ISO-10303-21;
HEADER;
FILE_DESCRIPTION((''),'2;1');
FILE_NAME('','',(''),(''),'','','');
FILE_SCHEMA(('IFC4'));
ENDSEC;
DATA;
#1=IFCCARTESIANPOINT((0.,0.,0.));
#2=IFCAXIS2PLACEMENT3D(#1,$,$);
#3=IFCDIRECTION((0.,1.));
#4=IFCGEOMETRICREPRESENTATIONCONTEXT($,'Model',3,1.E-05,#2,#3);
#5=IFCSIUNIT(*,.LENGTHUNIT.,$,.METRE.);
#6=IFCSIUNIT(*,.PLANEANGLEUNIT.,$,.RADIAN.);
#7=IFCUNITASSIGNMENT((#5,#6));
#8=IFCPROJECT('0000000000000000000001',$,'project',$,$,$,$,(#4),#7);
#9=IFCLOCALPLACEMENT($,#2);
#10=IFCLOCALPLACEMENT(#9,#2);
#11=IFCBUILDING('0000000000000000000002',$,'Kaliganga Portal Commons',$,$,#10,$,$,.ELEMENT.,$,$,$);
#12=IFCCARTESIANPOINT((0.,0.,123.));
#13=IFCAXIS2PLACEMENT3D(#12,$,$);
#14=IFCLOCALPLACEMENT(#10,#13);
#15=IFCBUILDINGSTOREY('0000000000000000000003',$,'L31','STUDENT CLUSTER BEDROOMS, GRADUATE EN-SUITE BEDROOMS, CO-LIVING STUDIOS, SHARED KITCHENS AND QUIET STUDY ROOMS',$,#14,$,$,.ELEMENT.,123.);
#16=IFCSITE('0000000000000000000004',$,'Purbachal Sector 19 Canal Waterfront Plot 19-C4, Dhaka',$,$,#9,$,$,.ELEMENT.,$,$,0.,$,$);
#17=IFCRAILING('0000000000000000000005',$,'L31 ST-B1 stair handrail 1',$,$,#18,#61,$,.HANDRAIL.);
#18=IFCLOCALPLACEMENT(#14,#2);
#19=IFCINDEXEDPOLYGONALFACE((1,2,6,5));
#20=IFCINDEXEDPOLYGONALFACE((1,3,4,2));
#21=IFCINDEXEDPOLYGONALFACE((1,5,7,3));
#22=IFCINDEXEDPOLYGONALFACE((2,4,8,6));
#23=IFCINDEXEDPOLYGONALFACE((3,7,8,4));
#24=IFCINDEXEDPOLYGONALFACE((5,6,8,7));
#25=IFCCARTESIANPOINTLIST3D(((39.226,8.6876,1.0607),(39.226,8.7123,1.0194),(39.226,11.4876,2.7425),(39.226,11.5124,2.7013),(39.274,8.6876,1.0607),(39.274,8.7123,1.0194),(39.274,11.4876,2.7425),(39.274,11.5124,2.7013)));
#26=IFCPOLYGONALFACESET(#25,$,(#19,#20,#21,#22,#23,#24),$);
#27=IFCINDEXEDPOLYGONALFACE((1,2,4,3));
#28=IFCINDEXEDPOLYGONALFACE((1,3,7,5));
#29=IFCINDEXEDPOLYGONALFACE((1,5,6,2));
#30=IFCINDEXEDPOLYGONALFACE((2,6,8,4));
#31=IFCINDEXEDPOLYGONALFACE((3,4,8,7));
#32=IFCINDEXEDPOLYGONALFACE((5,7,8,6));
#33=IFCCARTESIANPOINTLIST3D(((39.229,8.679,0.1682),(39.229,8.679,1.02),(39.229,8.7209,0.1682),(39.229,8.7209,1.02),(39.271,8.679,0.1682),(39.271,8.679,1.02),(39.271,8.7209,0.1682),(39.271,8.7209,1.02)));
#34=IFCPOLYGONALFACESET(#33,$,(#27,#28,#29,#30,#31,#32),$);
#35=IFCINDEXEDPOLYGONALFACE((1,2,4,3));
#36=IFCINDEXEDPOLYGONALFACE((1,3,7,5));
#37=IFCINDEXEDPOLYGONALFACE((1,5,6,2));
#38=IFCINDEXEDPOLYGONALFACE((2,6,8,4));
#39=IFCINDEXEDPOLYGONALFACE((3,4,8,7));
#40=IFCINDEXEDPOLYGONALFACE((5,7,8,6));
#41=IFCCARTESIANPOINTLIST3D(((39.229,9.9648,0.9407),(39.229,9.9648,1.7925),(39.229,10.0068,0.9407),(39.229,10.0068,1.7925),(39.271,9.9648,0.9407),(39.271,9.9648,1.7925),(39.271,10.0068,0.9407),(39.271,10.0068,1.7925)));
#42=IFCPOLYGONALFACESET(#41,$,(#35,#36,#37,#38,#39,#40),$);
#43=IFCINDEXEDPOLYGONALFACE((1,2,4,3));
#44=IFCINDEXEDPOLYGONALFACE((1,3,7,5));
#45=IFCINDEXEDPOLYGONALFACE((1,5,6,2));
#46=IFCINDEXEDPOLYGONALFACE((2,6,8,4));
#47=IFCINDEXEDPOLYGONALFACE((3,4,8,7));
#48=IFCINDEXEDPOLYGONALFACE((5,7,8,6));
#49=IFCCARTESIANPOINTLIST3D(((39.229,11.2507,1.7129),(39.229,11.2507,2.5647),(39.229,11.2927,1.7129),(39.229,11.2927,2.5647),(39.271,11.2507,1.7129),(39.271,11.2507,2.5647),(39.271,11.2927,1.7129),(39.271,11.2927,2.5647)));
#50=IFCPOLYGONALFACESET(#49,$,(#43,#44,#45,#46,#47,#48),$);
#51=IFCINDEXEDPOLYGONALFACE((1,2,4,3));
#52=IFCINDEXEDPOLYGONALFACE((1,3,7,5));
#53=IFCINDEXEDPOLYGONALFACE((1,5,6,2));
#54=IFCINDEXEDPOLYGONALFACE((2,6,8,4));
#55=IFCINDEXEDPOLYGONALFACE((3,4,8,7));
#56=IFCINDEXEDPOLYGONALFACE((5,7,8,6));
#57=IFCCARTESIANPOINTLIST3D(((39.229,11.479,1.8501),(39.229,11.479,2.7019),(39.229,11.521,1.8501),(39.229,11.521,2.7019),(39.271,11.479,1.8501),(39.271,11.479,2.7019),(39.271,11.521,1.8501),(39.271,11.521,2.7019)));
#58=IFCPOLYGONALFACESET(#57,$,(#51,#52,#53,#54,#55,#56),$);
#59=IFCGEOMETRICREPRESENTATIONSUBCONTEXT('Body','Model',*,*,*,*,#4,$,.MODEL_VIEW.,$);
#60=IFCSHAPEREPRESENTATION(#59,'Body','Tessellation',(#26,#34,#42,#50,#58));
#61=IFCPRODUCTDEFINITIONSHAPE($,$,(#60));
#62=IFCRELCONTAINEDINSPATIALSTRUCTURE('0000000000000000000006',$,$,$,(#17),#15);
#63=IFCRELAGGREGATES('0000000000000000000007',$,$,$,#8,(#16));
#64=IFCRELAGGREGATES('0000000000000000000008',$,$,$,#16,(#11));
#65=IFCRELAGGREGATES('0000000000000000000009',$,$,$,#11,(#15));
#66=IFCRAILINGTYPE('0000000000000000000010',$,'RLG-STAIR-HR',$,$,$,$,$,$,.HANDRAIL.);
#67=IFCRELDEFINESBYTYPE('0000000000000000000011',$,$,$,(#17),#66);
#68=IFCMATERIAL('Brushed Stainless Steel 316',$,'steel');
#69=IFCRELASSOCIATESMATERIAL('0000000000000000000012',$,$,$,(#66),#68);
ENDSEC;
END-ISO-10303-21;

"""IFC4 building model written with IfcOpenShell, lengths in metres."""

from ifc_helpers import new_model, si_unit, direction, frame, origin, origin_2d, place, context, subcontext, project, spatial, rectangle, extrude, material, type_object, element, save


model = new_model("IFC4")

# Units and contexts
model_context = context("Model", 3, precision=1e-05, world=origin(), true_north=direction((0.0, 1.0)))
body_context = subcontext(model_context, "Body", "Model", "MODEL_VIEW")
ifc_project = project(units=[si_unit("LENGTHUNIT", "METRE"), si_unit("PLANEANGLEUNIT", "RADIAN")], contexts=[model_context])

# Site, building, storey
site_placement = place(None, origin())
site = spatial("IfcSite", under=ifc_project, at=site_placement, Name="Purbachal Sector 19 Canal Waterfront Plot 19-C4, Dhaka", CompositionType="ELEMENT", RefElevation=0.0)
building_placement = place(site_placement, origin())
building = spatial("IfcBuilding", under=site, at=building_placement, Name="Kaliganga Portal Commons", CompositionType="ELEMENT")
storey_placement = place(building_placement, frame((0.0, 0.0, 123.0)))
storey = spatial("IfcBuildingStorey", under=building, at=storey_placement, Name="L31", Description="STUDENT CLUSTER BEDROOMS, GRADUATE EN-SUITE BEDROOMS, CO-LIVING STUDIOS, SHARED KITCHENS AND QUIET STUDY ROOMS", CompositionType="ELEMENT", Elevation=123.0)

# Railing
ifc_material_1 = material(Name="Brushed Stainless Steel 316", Category="steel")
railing_type_1 = type_object("IfcRailingType", Name="RLG-STAIR-HR", PredefinedType="HANDRAIL", material=ifc_material_1)
railing_1_placement = place(storey_placement, frame((39.25, 8.7, 0.1682)))
element("IfcRailing", 1, at=railing_1_placement, inside=storey, type_object=railing_type_1, Name="L31 ST-B1 stair handrail 1", PredefinedType="HANDRAIL", context=body_context, shape_type="SweptSolid", body=[
    extrude(rectangle(XDim=0.0481, YDim=0.0481, at=origin_2d()), frame((0.0, 0.0, 0.8718), z_axis=(0.0, 0.857242, 0.514913), x_axis=(-1.0, 0.0, 0.0)), (0.0, 0.0, 1.0), 3.2664),
    extrude(rectangle(XDim=0.042, YDim=0.042, at=origin_2d()), origin(), (0.0, 0.0, 1.0), 0.8518),
    extrude(rectangle(XDim=0.042, YDim=0.042, at=origin_2d()), frame((0.0, 1.2859, 0.7725)), (0.0, 0.0, 1.0), 0.8518),
    extrude(rectangle(XDim=0.042, YDim=0.042, at=origin_2d()), frame((0.0, 2.5718, 1.5447)), (0.0, 0.0, 1.0), 0.8518),
    extrude(rectangle(XDim=0.042, YDim=0.042, at=origin_2d()), frame((0.0, 2.8, 1.6819)), (0.0, 0.0, 1.0), 0.8518),
])

save(model, "model.ifc")
